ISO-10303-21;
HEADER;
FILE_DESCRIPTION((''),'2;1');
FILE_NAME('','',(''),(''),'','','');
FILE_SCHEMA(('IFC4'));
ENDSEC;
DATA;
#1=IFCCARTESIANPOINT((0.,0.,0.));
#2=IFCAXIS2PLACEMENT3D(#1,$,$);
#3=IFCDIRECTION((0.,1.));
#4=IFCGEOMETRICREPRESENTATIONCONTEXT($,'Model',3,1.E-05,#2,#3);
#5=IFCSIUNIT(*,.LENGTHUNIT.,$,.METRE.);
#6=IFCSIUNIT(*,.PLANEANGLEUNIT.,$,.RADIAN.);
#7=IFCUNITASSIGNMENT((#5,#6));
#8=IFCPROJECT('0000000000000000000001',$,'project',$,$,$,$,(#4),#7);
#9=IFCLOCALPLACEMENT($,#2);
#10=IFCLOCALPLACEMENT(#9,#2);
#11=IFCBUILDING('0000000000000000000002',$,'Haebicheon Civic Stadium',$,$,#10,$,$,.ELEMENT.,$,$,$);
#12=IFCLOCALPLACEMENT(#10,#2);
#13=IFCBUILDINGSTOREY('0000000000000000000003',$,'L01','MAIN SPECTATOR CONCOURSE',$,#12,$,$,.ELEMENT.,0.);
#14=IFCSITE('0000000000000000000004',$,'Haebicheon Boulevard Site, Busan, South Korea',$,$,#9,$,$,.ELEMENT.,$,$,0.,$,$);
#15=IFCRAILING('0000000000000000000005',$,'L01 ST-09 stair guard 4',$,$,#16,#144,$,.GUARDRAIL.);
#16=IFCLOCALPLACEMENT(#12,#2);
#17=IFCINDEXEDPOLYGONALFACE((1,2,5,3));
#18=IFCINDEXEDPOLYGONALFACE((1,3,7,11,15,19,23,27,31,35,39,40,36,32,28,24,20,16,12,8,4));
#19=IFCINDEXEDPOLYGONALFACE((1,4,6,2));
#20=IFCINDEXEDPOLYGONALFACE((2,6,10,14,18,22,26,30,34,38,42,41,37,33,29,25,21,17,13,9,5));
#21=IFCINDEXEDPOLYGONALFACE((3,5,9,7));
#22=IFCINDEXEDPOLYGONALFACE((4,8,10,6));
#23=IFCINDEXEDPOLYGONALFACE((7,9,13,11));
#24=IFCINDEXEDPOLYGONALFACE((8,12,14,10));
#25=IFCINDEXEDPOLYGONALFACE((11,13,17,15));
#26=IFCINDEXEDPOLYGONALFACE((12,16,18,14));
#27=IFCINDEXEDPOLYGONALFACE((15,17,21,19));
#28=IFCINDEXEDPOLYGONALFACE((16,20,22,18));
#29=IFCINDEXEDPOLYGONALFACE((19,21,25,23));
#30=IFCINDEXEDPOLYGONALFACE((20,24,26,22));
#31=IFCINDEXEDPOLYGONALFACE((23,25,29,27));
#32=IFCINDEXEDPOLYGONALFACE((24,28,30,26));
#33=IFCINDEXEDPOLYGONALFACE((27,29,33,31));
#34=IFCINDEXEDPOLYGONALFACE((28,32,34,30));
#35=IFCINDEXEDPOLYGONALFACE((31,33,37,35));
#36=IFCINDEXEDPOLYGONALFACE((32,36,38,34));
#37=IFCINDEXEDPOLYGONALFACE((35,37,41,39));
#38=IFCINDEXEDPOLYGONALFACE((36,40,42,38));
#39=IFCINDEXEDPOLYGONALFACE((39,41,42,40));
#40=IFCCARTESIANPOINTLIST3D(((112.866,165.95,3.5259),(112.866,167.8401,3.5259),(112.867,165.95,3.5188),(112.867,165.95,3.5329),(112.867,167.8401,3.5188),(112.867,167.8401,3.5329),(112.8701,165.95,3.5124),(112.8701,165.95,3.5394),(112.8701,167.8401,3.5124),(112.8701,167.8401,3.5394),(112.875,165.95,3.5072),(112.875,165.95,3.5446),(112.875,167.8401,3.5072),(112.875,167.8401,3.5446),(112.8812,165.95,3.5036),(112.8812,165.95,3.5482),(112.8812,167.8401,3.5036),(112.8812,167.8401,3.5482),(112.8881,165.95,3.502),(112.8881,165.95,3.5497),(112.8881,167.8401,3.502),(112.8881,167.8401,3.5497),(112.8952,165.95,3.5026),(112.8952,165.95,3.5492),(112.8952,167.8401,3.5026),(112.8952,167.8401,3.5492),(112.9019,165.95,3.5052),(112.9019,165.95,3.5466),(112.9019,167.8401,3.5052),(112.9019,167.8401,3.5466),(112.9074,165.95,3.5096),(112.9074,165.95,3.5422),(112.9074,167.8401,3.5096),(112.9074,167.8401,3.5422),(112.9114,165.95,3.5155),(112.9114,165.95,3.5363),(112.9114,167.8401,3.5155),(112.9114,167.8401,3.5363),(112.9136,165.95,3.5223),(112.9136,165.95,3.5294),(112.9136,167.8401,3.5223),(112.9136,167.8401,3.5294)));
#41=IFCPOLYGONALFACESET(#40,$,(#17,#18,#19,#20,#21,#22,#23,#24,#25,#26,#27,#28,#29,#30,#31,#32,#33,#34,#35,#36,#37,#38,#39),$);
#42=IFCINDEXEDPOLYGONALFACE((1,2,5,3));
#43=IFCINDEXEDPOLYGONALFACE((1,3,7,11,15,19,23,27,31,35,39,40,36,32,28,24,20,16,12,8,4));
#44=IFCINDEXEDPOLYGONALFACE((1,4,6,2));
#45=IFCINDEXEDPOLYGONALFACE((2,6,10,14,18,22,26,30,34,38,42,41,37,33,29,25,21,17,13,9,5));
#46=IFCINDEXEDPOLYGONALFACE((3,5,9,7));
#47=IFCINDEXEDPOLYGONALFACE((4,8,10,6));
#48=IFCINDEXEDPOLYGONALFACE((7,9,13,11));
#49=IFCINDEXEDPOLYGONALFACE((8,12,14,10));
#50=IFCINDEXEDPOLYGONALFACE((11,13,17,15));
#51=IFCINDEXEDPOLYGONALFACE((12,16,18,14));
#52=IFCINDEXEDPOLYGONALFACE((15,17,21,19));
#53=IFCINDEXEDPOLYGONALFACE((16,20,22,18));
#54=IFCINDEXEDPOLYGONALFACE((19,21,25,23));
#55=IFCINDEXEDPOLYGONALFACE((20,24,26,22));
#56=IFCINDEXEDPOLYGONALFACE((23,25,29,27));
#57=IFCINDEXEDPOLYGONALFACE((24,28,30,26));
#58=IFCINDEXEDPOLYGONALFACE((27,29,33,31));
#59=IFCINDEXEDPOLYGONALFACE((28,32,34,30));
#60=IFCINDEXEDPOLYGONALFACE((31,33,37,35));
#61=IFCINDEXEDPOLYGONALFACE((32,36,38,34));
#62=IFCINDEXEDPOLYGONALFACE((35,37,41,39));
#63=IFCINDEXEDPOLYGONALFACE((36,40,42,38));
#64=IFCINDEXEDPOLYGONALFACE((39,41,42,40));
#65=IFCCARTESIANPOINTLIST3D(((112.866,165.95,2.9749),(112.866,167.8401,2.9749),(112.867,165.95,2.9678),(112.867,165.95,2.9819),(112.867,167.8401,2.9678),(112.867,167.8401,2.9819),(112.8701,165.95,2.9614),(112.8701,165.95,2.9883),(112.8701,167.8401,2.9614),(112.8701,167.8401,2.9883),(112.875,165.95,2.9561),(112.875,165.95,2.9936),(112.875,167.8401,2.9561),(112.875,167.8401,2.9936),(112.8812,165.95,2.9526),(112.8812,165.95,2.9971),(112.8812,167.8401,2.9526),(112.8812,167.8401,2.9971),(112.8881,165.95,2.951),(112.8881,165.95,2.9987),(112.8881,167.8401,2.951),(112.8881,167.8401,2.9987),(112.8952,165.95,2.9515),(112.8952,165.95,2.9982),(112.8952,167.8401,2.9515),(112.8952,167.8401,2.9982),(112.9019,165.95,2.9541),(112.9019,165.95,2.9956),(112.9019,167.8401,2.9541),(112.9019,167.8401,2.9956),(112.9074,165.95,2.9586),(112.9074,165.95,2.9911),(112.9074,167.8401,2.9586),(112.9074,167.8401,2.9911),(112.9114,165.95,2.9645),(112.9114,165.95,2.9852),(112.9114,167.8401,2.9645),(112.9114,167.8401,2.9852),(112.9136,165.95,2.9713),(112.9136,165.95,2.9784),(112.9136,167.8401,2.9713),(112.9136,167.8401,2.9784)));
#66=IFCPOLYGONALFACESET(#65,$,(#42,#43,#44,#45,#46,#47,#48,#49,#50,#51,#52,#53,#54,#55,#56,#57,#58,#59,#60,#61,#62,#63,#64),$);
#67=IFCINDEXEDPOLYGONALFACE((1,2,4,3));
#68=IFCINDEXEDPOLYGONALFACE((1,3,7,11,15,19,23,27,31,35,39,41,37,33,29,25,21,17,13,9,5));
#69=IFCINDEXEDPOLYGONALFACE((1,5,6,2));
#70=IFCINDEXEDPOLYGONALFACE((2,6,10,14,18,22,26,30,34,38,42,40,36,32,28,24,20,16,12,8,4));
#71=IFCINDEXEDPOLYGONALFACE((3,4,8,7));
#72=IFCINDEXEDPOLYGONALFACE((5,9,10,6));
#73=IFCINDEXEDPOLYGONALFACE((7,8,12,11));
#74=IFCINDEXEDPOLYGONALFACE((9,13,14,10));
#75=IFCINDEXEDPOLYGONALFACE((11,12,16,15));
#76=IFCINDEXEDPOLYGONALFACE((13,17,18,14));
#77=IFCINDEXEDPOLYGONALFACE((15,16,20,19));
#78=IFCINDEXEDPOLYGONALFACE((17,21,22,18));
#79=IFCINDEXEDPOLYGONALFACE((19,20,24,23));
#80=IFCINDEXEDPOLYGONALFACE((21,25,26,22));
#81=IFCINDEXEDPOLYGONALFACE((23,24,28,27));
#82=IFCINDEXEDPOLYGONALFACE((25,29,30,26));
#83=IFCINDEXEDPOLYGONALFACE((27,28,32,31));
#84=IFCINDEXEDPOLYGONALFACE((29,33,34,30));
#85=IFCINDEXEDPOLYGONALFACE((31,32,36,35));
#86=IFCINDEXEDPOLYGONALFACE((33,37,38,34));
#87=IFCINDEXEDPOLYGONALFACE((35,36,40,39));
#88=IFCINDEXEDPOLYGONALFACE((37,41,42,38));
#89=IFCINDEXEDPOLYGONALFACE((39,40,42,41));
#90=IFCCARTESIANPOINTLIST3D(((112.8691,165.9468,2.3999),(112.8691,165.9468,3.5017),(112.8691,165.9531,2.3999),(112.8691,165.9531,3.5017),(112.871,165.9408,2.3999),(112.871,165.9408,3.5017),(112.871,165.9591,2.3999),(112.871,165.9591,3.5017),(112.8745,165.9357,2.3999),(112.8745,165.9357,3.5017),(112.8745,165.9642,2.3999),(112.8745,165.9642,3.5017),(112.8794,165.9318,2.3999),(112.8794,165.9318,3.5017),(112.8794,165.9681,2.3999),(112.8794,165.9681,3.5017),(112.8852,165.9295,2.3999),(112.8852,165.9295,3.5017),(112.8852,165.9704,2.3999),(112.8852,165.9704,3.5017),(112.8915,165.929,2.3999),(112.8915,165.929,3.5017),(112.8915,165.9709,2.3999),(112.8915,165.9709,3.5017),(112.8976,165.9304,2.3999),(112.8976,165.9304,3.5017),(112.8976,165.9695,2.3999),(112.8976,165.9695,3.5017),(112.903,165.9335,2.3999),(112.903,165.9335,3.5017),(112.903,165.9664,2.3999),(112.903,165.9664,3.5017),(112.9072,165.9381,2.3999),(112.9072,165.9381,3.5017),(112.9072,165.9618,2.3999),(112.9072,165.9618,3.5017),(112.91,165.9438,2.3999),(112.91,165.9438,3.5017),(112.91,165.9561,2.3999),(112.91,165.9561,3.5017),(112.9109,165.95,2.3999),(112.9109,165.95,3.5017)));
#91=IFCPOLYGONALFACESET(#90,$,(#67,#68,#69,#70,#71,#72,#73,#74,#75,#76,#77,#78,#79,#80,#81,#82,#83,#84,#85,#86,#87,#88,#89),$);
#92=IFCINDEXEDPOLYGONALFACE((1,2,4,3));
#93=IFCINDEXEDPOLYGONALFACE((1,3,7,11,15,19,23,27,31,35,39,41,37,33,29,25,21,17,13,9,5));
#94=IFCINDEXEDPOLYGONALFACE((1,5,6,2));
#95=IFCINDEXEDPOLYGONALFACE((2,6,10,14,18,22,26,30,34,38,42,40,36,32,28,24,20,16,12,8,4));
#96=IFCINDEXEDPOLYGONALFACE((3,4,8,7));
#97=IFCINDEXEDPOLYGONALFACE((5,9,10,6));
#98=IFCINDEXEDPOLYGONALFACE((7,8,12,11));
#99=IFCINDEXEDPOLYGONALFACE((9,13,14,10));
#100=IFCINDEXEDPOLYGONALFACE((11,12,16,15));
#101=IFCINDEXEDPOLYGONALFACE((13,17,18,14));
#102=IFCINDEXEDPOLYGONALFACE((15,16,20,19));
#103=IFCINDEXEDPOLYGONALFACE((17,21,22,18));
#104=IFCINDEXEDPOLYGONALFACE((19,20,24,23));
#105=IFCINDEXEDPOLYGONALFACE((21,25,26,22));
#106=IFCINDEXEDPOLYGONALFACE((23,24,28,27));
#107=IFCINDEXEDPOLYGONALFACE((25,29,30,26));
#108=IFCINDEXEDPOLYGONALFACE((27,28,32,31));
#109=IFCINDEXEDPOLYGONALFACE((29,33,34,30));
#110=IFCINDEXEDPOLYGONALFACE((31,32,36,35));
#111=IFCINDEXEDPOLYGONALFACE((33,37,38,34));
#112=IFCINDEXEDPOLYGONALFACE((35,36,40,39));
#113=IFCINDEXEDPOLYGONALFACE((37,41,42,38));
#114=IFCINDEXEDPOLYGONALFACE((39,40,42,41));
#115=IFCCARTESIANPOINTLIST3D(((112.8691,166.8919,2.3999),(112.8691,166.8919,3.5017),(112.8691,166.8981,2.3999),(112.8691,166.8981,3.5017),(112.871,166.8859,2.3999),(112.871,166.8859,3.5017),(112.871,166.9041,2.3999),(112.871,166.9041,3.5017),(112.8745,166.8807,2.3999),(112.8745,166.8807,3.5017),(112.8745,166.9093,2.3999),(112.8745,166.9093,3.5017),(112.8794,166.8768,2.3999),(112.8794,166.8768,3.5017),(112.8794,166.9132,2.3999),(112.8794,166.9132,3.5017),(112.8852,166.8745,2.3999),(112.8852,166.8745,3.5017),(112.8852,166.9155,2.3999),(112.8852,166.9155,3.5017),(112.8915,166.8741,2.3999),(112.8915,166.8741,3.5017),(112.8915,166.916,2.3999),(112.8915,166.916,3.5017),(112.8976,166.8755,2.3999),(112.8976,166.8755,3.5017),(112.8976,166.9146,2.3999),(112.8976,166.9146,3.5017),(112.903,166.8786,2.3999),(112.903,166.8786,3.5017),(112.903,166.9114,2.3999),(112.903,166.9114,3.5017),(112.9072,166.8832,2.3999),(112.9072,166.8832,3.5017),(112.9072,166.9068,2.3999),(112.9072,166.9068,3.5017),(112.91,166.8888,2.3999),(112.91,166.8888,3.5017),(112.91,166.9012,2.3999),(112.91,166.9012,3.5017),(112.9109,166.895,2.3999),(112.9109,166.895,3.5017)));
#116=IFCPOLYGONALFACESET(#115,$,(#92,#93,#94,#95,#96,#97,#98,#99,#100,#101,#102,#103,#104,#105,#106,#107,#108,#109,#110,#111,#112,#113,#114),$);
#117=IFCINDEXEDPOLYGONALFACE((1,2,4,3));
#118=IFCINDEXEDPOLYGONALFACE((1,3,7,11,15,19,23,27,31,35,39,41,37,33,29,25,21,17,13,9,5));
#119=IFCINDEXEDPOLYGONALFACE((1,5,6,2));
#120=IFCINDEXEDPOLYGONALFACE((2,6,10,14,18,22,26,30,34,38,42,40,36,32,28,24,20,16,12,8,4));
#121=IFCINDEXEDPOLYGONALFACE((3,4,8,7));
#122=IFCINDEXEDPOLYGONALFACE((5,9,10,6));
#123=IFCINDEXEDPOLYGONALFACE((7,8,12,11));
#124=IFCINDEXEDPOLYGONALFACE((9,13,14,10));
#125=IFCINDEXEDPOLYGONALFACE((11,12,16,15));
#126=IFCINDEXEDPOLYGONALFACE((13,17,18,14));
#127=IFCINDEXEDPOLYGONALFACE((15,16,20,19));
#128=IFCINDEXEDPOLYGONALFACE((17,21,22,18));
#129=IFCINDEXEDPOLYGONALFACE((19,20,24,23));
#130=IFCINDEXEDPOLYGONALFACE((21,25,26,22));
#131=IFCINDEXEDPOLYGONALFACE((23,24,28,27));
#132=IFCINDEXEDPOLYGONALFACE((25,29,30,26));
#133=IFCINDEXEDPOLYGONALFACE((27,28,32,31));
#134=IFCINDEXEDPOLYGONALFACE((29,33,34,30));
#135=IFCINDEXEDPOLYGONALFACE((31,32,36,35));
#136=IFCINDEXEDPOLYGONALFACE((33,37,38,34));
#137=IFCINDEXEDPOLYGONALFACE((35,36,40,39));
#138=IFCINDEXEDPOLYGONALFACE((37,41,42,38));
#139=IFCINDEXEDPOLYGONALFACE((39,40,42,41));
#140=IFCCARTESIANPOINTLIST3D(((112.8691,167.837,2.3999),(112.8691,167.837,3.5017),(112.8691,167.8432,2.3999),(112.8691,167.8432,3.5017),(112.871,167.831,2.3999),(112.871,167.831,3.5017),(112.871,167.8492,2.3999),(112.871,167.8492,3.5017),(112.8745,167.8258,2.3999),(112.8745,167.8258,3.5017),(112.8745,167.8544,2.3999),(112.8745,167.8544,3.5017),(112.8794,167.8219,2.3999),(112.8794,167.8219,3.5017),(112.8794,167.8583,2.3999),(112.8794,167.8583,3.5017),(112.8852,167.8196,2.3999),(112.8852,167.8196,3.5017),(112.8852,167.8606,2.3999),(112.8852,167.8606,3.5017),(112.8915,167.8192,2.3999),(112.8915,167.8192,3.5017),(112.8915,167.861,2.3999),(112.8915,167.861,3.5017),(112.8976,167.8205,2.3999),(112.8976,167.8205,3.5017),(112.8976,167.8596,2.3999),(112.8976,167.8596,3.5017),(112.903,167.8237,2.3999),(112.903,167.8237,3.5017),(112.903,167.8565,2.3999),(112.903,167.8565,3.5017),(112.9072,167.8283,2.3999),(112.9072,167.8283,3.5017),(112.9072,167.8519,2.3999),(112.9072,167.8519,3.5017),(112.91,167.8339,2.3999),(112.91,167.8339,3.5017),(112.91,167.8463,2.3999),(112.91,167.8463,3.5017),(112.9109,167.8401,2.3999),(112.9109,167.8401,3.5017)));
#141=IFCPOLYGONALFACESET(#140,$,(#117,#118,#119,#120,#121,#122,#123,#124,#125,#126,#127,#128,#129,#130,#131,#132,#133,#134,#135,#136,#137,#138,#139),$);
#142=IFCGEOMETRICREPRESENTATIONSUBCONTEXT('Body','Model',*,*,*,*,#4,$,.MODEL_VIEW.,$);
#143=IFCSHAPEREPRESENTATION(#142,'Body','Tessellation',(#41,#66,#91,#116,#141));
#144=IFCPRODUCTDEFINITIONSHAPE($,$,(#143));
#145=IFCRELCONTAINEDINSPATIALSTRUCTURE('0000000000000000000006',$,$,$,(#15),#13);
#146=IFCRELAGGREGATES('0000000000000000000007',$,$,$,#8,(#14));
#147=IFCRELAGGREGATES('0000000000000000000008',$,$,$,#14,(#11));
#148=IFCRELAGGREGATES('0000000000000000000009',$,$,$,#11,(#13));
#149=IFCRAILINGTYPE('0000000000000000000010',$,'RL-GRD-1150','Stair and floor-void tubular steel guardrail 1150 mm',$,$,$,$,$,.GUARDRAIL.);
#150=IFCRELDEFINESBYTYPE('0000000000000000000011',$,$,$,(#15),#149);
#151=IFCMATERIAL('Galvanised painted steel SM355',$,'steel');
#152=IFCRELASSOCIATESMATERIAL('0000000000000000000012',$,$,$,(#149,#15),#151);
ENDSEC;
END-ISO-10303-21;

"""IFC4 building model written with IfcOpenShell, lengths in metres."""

from ifc_helpers import new_model, si_unit, direction, frame, origin, origin_2d, place, context, subcontext, project, spatial, circle, extrude, material, type_object, element, save


model = new_model("IFC4")

# Units and contexts
model_context = context("Model", 3, precision=1e-05, world=origin(), true_north=direction((0.0, 1.0)))
body_context = subcontext(model_context, "Body", "Model", "MODEL_VIEW")
ifc_project = project(units=[si_unit("LENGTHUNIT", "METRE"), si_unit("PLANEANGLEUNIT", "RADIAN")], contexts=[model_context])

# Site, building, storey
site_placement = place(None, origin())
site = spatial("IfcSite", under=ifc_project, at=site_placement, Name="Haebicheon Boulevard Site, Busan, South Korea", CompositionType="ELEMENT", RefElevation=0.0)
building_placement = place(site_placement, origin())
building = spatial("IfcBuilding", under=site, at=building_placement, Name="Haebicheon Civic Stadium", CompositionType="ELEMENT")
storey_placement = place(building_placement, origin())
storey = spatial("IfcBuildingStorey", under=building, at=storey_placement, Name="L01", Description="MAIN SPECTATOR CONCOURSE", CompositionType="ELEMENT", Elevation=0.0)

# Railing
ifc_material_1 = material(Name="Galvanised painted steel SM355", Category="steel")
railing_type_1 = type_object("IfcRailingType", Name="RL-GRD-1150", Description="Stair and floor-void tubular steel guardrail 1150 mm", PredefinedType="GUARDRAIL", material=ifc_material_1)
railing_1_placement = place(storey_placement, frame((112.8899, 165.95, 2.3999)))
element("IfcRailing", 1, at=railing_1_placement, inside=storey, type_object=railing_type_1, material=ifc_material_1, Name="L01 ST-09 stair guard 4", PredefinedType="GUARDRAIL", context=body_context, shape_type="SweptSolid", body=[
    extrude(circle(Radius=0.0239, at=origin_2d()), frame((0.0, 0.0, 1.126), z_axis=(0.0, 1.0, 0.0), x_axis=(-1.0, 0.0, 0.0)), (0.0, 0.0, 1.0), 1.8901),
    extrude(circle(Radius=0.0239, at=origin_2d()), frame((0.0, 0.0, 0.575), z_axis=(0.0, 1.0, 0.0), x_axis=(-1.0, 0.0, 0.0)), (0.0, 0.0, 1.0), 1.8901),
    extrude(circle(Radius=0.021, at=origin_2d()), origin(), (0.0, 0.0, 1.0), 1.1018),
    extrude(circle(Radius=0.021, at=origin_2d()), frame((0.0, 0.9451, 0.0)), (0.0, 0.0, 1.0), 1.1018),
    extrude(circle(Radius=0.021, at=origin_2d()), frame((0.0, 1.8901, 0.0)), (0.0, 0.0, 1.0), 1.1018),
])

save(model, "model.ifc")
